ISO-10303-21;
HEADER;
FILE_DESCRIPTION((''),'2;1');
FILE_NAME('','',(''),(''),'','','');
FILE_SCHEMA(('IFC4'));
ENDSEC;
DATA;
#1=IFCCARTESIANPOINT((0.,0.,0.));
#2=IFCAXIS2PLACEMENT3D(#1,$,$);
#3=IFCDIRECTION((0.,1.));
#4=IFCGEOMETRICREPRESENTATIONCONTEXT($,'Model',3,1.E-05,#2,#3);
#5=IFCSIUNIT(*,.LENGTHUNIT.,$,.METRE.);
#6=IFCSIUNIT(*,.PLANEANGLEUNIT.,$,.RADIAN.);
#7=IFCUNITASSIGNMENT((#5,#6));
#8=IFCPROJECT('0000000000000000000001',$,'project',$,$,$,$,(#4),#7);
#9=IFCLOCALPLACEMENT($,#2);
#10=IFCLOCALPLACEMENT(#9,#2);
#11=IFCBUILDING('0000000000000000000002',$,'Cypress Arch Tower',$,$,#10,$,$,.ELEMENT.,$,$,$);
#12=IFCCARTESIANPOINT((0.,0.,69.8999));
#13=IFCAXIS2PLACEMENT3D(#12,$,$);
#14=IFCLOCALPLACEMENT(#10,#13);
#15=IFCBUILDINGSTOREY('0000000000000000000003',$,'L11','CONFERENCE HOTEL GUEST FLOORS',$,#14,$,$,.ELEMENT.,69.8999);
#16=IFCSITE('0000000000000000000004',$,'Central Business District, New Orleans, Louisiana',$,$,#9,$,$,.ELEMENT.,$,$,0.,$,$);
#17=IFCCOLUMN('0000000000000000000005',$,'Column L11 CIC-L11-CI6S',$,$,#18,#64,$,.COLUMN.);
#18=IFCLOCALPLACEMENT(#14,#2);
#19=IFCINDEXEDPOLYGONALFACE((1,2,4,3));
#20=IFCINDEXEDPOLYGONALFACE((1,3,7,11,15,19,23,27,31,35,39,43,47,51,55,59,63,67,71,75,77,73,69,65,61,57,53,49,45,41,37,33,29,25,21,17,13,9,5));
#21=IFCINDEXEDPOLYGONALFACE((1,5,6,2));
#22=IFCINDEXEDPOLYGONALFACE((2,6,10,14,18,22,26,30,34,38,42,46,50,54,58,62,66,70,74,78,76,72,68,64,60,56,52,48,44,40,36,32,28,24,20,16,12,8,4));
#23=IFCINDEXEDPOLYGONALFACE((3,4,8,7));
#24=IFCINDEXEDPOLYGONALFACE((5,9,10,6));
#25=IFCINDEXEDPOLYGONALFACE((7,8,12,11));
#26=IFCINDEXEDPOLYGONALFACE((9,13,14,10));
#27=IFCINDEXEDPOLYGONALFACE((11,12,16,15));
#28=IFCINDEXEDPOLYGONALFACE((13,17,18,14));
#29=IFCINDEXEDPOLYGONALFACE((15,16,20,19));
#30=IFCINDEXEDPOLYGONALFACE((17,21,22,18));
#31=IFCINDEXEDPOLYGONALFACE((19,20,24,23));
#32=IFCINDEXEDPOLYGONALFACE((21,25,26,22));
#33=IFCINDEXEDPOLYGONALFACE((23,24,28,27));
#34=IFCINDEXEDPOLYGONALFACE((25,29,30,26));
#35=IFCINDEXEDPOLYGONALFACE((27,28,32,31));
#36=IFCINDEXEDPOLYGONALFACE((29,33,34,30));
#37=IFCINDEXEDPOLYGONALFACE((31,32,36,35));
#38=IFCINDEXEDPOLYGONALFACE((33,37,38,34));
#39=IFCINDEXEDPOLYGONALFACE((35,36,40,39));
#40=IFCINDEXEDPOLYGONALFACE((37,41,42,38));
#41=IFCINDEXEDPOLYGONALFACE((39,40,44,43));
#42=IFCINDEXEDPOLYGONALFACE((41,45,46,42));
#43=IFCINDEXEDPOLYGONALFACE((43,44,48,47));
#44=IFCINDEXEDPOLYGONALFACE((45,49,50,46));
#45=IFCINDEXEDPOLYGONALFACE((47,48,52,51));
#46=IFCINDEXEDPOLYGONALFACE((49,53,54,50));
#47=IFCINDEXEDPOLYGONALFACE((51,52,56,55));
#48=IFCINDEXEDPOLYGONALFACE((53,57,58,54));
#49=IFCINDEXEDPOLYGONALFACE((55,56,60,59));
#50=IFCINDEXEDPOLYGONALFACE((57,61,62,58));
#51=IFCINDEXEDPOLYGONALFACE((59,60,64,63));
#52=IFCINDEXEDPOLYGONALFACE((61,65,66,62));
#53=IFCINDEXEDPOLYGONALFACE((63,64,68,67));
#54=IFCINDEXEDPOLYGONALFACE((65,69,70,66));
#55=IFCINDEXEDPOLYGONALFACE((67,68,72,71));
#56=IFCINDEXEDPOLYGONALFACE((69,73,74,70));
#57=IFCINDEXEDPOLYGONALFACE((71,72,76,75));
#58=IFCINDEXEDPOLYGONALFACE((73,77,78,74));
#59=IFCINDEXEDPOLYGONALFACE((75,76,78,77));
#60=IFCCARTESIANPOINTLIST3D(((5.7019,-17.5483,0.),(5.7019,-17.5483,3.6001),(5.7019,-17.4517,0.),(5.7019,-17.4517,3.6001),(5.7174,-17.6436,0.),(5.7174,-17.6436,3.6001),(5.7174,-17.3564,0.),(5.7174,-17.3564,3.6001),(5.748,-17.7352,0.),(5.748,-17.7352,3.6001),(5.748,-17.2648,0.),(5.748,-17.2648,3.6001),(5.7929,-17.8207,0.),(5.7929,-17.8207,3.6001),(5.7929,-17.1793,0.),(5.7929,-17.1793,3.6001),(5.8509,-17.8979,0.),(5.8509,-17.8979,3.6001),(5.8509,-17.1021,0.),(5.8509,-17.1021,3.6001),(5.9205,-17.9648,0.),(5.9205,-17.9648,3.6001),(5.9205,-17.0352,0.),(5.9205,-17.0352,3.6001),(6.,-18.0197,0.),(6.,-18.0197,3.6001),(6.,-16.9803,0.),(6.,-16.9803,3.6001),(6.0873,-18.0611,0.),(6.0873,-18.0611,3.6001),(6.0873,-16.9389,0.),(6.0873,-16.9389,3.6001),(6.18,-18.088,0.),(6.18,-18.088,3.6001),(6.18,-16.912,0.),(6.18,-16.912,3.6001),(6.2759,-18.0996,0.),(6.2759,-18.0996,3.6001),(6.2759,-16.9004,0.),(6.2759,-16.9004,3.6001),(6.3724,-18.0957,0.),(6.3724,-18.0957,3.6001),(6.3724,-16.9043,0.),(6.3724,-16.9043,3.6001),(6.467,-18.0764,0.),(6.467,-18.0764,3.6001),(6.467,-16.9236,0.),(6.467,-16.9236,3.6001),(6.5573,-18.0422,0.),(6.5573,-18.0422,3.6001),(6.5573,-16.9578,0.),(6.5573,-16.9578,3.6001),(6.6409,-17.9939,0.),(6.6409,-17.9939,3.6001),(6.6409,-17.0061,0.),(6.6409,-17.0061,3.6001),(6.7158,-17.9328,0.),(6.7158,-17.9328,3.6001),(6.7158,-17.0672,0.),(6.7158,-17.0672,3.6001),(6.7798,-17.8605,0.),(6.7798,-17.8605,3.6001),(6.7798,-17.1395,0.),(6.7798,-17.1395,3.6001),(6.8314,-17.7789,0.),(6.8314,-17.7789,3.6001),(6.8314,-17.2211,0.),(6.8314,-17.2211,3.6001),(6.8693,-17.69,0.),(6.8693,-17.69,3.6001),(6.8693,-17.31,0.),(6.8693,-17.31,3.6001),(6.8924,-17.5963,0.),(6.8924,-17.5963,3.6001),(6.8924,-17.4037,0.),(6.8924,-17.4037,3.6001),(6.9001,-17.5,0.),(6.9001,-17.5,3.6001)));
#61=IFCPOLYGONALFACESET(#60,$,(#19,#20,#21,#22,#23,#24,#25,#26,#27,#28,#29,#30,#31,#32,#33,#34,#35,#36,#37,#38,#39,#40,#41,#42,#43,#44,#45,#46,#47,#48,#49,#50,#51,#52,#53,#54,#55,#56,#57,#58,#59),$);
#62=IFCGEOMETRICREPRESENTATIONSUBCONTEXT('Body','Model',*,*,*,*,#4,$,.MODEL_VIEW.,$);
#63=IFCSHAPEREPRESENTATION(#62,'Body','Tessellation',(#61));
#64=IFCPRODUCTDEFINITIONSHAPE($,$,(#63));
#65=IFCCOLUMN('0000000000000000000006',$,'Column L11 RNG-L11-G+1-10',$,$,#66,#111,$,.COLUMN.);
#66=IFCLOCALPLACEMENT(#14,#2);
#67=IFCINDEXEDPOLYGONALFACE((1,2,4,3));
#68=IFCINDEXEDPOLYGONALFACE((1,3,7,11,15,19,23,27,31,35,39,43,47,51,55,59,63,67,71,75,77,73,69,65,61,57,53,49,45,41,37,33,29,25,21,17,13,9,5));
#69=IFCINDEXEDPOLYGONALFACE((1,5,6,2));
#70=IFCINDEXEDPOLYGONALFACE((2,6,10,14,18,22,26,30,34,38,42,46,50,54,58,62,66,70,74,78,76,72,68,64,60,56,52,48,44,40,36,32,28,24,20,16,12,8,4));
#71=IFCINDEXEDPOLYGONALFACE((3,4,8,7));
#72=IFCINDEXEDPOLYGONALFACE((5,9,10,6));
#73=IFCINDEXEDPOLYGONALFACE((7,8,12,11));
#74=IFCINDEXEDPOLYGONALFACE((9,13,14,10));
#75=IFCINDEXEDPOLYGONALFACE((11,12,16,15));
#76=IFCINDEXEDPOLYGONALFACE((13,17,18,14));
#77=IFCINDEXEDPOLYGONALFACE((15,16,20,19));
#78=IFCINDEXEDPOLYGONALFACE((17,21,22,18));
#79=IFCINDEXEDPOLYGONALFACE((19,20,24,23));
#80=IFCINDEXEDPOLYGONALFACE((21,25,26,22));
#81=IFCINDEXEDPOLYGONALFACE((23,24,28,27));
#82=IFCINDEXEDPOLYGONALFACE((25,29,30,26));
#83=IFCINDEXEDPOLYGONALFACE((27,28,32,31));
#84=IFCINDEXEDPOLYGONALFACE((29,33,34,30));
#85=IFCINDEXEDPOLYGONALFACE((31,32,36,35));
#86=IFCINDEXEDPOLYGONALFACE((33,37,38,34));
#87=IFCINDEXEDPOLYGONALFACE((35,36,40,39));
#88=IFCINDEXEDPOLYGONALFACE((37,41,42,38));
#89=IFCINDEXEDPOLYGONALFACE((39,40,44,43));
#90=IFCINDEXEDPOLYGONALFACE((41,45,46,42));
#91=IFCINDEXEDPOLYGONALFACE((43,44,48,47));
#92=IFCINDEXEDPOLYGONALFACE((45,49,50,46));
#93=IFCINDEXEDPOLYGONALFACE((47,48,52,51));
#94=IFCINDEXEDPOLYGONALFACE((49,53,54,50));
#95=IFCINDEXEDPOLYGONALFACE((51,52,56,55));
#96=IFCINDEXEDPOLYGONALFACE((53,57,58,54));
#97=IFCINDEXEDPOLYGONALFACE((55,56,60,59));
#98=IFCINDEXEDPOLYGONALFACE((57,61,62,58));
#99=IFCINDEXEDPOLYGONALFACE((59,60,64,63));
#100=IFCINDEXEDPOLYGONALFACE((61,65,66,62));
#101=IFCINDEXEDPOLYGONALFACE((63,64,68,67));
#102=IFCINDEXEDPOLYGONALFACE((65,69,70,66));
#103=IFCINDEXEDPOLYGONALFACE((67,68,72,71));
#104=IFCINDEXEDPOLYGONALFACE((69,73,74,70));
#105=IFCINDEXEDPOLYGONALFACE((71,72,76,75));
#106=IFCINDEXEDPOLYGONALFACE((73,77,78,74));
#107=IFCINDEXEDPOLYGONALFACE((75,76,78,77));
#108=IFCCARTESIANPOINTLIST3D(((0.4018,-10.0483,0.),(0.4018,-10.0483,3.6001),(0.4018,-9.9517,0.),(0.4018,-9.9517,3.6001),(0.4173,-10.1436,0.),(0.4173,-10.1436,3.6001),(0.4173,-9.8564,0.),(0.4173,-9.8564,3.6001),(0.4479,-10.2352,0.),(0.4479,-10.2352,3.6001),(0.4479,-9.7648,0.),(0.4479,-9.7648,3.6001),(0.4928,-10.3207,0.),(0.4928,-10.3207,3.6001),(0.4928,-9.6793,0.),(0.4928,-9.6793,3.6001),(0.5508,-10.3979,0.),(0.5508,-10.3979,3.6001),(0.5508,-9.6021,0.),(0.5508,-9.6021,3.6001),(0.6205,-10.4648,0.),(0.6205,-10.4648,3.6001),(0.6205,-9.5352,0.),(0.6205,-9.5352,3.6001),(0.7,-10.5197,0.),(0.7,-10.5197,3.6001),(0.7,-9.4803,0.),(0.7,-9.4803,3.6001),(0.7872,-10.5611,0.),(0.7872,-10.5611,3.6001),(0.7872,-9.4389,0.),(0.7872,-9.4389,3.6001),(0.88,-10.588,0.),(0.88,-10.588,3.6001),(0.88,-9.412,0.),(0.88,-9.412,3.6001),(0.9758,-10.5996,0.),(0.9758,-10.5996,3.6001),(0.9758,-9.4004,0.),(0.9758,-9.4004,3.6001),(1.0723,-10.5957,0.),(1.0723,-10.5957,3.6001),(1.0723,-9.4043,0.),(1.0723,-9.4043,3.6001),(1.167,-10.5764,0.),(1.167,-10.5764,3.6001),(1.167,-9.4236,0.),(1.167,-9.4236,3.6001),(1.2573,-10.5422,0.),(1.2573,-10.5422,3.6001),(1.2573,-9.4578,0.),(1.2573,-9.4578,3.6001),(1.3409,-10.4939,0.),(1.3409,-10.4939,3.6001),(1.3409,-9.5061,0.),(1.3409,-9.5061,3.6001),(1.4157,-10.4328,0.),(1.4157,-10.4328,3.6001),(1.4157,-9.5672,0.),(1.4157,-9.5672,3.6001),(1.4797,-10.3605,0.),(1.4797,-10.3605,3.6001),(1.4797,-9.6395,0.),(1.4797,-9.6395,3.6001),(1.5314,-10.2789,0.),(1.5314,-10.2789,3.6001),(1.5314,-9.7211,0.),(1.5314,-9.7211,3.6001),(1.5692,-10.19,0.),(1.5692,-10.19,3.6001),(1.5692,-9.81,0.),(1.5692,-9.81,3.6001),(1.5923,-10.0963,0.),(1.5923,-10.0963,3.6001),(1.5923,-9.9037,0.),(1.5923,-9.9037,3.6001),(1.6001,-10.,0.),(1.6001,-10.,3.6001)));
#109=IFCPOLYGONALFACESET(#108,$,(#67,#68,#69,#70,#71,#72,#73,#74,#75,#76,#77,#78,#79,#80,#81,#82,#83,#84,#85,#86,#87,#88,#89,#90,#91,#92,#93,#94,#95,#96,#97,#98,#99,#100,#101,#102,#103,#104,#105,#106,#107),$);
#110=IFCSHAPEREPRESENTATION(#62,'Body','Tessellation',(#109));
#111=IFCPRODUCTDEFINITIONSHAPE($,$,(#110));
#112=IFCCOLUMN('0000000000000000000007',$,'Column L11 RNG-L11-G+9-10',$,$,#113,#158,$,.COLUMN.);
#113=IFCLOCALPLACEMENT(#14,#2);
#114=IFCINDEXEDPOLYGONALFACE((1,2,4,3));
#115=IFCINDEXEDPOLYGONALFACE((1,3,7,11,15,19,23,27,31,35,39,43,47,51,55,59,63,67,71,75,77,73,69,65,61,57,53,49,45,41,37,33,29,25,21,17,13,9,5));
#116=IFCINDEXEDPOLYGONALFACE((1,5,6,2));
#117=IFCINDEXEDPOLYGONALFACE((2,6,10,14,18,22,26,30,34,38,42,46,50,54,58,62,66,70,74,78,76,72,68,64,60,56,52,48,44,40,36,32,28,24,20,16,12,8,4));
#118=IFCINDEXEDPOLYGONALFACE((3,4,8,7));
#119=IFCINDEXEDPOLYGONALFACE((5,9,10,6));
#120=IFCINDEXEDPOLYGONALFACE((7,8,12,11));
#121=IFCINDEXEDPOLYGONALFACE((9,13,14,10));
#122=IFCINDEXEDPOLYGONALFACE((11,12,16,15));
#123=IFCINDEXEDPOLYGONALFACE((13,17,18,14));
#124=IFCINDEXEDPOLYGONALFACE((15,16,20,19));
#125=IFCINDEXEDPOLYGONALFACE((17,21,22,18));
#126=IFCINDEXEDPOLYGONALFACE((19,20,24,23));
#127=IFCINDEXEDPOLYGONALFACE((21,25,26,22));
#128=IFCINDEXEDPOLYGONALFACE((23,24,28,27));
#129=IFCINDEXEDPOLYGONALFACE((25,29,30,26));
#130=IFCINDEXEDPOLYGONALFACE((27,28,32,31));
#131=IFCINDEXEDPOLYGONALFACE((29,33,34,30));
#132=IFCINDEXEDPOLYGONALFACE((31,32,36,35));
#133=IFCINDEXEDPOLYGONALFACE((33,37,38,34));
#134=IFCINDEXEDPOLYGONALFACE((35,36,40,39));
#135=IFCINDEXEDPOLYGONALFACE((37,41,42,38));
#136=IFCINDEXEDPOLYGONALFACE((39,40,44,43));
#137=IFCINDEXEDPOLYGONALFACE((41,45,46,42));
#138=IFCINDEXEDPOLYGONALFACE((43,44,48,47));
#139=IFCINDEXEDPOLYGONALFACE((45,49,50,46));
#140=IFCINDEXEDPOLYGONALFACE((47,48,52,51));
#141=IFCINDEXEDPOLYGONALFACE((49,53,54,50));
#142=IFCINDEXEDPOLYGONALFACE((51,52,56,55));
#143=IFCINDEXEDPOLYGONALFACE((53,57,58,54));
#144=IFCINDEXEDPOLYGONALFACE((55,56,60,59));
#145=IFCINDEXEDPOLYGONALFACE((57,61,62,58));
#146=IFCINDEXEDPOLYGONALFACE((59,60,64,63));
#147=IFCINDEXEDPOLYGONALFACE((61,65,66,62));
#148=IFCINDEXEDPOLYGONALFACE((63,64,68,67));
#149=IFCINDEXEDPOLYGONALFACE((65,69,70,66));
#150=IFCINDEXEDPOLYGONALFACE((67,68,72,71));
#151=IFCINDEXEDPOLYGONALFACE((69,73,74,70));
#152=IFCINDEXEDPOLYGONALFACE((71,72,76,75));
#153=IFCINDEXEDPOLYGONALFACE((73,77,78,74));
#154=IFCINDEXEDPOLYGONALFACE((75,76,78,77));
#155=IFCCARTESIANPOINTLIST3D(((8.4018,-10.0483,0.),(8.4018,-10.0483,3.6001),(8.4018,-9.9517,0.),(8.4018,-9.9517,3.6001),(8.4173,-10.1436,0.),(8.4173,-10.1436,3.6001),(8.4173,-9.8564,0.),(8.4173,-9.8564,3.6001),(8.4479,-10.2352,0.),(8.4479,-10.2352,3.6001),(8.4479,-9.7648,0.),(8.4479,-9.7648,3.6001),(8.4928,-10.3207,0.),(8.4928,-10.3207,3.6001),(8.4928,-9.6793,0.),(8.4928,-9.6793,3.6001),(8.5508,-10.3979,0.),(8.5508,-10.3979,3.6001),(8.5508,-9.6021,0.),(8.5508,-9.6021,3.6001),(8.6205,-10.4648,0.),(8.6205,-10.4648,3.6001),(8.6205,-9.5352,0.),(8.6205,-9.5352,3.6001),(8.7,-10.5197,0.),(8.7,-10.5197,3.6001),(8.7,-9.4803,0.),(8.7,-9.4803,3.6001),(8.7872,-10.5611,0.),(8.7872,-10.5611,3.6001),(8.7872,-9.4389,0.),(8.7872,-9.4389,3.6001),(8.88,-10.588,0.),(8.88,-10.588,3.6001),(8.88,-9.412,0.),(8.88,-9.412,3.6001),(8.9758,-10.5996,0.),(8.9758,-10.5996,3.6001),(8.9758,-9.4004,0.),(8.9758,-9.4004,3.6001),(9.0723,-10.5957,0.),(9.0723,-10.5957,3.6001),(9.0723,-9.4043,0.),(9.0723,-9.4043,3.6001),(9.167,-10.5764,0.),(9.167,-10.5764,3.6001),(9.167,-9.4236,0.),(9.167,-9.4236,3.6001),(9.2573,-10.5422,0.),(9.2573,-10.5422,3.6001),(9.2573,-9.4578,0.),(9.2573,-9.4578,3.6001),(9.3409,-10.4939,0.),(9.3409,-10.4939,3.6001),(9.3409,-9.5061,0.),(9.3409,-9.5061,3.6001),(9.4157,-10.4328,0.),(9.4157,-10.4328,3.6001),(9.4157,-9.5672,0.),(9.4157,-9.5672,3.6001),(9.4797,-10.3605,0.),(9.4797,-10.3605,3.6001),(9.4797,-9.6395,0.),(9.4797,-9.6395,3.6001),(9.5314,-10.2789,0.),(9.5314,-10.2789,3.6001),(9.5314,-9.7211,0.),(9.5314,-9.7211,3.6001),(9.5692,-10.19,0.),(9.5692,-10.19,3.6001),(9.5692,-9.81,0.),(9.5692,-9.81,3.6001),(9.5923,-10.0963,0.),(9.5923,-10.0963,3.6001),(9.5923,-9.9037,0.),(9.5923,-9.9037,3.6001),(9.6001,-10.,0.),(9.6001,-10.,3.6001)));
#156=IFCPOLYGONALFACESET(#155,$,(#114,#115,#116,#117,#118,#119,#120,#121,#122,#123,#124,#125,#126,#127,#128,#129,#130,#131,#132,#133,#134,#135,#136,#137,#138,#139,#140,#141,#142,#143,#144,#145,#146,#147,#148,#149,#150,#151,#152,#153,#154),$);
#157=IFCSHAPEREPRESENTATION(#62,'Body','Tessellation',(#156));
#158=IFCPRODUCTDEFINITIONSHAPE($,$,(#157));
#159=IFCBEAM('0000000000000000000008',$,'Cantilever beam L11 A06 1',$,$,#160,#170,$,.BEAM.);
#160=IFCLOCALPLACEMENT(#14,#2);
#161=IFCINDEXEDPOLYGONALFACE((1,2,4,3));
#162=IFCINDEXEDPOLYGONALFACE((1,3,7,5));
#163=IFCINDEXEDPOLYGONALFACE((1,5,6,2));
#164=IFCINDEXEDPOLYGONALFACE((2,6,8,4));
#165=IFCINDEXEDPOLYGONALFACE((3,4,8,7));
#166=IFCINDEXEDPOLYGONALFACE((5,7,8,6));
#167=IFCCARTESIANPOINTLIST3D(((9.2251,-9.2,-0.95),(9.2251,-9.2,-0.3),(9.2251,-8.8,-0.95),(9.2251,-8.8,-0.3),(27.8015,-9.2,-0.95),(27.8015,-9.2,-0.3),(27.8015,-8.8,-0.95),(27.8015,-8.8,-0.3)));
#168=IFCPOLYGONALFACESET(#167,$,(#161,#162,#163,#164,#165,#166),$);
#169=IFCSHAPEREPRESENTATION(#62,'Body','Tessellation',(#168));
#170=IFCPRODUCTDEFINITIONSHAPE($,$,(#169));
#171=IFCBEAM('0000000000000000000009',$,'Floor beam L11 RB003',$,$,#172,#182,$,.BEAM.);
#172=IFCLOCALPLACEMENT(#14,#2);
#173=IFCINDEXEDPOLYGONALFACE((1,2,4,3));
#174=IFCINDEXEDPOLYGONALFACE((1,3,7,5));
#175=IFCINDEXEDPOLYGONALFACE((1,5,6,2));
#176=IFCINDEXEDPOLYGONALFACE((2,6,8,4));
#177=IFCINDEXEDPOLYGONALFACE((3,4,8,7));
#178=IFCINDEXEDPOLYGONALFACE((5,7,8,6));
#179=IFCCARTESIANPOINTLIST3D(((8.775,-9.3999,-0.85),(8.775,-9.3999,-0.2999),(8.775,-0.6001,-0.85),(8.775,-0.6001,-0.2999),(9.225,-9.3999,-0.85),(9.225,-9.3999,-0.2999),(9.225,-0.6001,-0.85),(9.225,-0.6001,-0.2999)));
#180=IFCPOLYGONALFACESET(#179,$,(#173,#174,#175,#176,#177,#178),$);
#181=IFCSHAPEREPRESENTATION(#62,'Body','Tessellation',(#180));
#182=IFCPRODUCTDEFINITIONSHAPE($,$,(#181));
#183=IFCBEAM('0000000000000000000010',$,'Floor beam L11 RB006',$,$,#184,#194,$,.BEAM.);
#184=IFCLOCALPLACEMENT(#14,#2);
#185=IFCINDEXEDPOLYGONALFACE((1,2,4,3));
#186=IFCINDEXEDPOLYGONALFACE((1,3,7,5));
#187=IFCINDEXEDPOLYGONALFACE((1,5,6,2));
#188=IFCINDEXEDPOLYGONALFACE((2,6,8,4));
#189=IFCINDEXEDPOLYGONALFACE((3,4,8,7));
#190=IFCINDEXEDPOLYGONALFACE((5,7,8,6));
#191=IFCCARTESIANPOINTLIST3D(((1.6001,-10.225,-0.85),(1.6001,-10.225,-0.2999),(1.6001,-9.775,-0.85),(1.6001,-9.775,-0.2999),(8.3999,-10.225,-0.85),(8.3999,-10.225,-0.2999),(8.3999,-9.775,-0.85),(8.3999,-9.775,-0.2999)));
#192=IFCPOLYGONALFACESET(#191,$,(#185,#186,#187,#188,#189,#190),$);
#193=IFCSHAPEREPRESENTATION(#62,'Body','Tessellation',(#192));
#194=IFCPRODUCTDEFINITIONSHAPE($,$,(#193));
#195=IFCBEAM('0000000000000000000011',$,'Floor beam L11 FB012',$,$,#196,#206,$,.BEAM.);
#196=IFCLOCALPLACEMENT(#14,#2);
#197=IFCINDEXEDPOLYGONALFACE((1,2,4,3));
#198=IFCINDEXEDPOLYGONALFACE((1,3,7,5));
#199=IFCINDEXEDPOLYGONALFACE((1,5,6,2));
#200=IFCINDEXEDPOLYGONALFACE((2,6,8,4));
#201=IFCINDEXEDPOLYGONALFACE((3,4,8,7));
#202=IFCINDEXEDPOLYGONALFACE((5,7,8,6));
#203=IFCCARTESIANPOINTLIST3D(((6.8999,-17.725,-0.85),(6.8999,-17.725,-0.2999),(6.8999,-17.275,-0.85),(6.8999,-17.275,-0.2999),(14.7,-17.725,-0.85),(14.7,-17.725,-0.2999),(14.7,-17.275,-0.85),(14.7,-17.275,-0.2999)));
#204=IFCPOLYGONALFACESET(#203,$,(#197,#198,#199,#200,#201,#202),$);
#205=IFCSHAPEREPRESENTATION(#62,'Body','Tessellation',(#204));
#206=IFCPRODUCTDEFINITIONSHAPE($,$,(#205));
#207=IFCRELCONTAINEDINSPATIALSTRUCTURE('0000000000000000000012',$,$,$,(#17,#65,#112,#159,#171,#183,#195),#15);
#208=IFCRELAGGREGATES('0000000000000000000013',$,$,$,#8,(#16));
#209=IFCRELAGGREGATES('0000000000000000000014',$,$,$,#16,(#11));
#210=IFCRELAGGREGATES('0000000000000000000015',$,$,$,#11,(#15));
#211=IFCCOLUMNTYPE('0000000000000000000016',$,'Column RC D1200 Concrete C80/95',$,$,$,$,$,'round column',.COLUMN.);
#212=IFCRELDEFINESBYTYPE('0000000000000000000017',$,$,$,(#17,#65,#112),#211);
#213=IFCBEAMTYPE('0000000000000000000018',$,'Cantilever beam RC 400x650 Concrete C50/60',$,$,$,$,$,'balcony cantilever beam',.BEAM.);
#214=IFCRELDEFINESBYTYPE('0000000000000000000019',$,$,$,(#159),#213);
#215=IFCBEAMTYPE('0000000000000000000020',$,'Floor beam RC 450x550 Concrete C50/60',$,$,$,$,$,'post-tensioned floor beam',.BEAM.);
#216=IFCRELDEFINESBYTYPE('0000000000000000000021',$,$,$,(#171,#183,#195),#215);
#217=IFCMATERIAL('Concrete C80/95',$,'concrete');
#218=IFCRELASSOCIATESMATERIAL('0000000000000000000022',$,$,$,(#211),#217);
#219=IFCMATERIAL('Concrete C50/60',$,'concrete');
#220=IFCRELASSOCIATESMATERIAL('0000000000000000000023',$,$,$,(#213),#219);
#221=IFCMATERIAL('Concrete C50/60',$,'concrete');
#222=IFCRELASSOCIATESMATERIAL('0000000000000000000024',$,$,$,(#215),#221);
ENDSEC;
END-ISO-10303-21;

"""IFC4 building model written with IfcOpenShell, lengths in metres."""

from ifc_helpers import new_model, si_unit, direction, frame, origin, origin_2d, place, context, subcontext, project, spatial, rectangle, circle, extrude, material, material_profile, profile_set, type_object, element, save


model = new_model("IFC4")

# Units and contexts
model_context = context("Model", 3, precision=1e-05, world=origin(), true_north=direction((0.0, 1.0)))
body_context = subcontext(model_context, "Body", "Model", "MODEL_VIEW")
ifc_project = project(units=[si_unit("LENGTHUNIT", "METRE"), si_unit("PLANEANGLEUNIT", "RADIAN")], contexts=[model_context])

# Site, building, storey
site_placement = place(None, origin())
site = spatial("IfcSite", under=ifc_project, at=site_placement, Name="Central Business District, New Orleans, Louisiana", CompositionType="ELEMENT", RefElevation=0.0)
building_placement = place(site_placement, origin())
building = spatial("IfcBuilding", under=site, at=building_placement, Name="Cypress Arch Tower", CompositionType="ELEMENT")
storey_placement = place(building_placement, frame((0.0, 0.0, 69.8999)))
storey = spatial("IfcBuildingStorey", under=building, at=storey_placement, Name="L11", Description="CONFERENCE HOTEL GUEST FLOORS", CompositionType="ELEMENT", Elevation=69.8999)

# Columns
ifc_material_1 = material(Name="Concrete C80/95", Category="concrete")
ifc_material_profile_1 = material_profile(ifc_material_1, circle(Radius=0.6001, at=origin_2d()), Name="RC D1200")
ifc_profile_set_1 = profile_set([ifc_material_profile_1], Name="Concrete C80/95")
column_type = type_object("IfcColumnType", Name="Column RC D1200 Concrete C80/95", ElementType="round column", PredefinedType="COLUMN", material=ifc_profile_set_1)
for number, where, z_axis, x_axis, name in (
    (1, (6.3, -17.5, 0.0), (0.0, 0.0, 1.0), (1.0, 0.0, 0.0), "Column L11 CIC-L11-CI6S"),
    (2, (1.0, -10.0, 0.0), (0.0, 0.0, 1.0), (1.0, 0.0, 0.0), "Column L11 RNG-L11-G+1-10"),
    (3, (9.0, -10.0, 0.0), (0.0, 0.0, 1.0), (1.0, 0.0, 0.0), "Column L11 RNG-L11-G+9-10"),
):
    element("IfcColumn", number, at=place(storey_placement, frame(where, z_axis=z_axis, x_axis=x_axis)), inside=storey, type_object=column_type, Name=name, PredefinedType="COLUMN", context=body_context, shape_type="SweptSolid", body=[
        extrude(circle(Radius=0.6001, at=origin_2d()), origin(), (0.0, 0.0, 1.0), 3.6001),
    ])

# Beams
ifc_material_2 = material(Name="Concrete C50/60", Category="concrete")
ifc_material_profile_2 = material_profile(ifc_material_2, rectangle(XDim=0.3999, YDim=0.6499, at=origin_2d()), Name="RC 400x650")
ifc_profile_set_2 = profile_set([ifc_material_profile_2], Name="Concrete C50/60")
beam_type_1 = type_object("IfcBeamType", Name="Cantilever beam RC 400x650 Concrete C50/60", ElementType="balcony cantilever beam", PredefinedType="BEAM", material=ifc_profile_set_2)
beam_1_placement = place(storey_placement, frame((9.2251, -9.0, -0.625), z_axis=(1.0, 0.0, 0.0), x_axis=(0.0, 1.0, 0.0)))
element("IfcBeam", 4, at=beam_1_placement, inside=storey, type_object=beam_type_1, Name="Cantilever beam L11 A06 1", PredefinedType="BEAM", context=body_context, shape_type="SweptSolid", body=[
    extrude(rectangle(XDim=0.3999, YDim=0.6499, at=origin_2d()), origin(), (0.0, 0.0, 1.0), 18.5764),
])
ifc_material_3 = material(Name="Concrete C50/60", Category="concrete")
ifc_material_profile_3 = material_profile(ifc_material_3, rectangle(XDim=0.45, YDim=0.55, at=origin_2d()), Name="RC 450x550")
ifc_profile_set_3 = profile_set([ifc_material_profile_3], Name="Concrete C50/60")
beam_type_2 = type_object("IfcBeamType", Name="Floor beam RC 450x550 Concrete C50/60", ElementType="post-tensioned floor beam", PredefinedType="BEAM", material=ifc_profile_set_3)
beam_2_placement = place(storey_placement, frame((9.0, -9.3999, -0.575), z_axis=(0.0, 1.0, 0.0), x_axis=(-1.0, 0.0, 0.0)))
element("IfcBeam", 5, at=beam_2_placement, inside=storey, type_object=beam_type_2, Name="Floor beam L11 RB003", PredefinedType="BEAM", context=body_context, shape_type="SweptSolid", body=[
    extrude(rectangle(XDim=0.45, YDim=0.55, at=origin_2d()), origin(), (0.0, 0.0, 1.0), 8.7998),
])
beam_3_placement = place(storey_placement, frame((1.6001, -10.0, -0.575), z_axis=(1.0, 0.0, 0.0), x_axis=(0.0, 1.0, 0.0)))
element("IfcBeam", 6, at=beam_3_placement, inside=storey, type_object=beam_type_2, Name="Floor beam L11 RB006", PredefinedType="BEAM", context=body_context, shape_type="SweptSolid", body=[
    extrude(rectangle(XDim=0.45, YDim=0.55, at=origin_2d()), origin(), (0.0, 0.0, 1.0), 6.7998),
])
beam_4_placement = place(storey_placement, frame((6.8999, -17.5, -0.575), z_axis=(1.0, 0.0, 0.0), x_axis=(0.0, 1.0, 0.0)))
element("IfcBeam", 7, at=beam_4_placement, inside=storey, type_object=beam_type_2, Name="Floor beam L11 FB012", PredefinedType="BEAM", context=body_context, shape_type="SweptSolid", body=[
    extrude(rectangle(XDim=0.45, YDim=0.55, at=origin_2d()), origin(), (0.0, 0.0, 1.0), 7.8),
])

save(model, "model.ifc")
